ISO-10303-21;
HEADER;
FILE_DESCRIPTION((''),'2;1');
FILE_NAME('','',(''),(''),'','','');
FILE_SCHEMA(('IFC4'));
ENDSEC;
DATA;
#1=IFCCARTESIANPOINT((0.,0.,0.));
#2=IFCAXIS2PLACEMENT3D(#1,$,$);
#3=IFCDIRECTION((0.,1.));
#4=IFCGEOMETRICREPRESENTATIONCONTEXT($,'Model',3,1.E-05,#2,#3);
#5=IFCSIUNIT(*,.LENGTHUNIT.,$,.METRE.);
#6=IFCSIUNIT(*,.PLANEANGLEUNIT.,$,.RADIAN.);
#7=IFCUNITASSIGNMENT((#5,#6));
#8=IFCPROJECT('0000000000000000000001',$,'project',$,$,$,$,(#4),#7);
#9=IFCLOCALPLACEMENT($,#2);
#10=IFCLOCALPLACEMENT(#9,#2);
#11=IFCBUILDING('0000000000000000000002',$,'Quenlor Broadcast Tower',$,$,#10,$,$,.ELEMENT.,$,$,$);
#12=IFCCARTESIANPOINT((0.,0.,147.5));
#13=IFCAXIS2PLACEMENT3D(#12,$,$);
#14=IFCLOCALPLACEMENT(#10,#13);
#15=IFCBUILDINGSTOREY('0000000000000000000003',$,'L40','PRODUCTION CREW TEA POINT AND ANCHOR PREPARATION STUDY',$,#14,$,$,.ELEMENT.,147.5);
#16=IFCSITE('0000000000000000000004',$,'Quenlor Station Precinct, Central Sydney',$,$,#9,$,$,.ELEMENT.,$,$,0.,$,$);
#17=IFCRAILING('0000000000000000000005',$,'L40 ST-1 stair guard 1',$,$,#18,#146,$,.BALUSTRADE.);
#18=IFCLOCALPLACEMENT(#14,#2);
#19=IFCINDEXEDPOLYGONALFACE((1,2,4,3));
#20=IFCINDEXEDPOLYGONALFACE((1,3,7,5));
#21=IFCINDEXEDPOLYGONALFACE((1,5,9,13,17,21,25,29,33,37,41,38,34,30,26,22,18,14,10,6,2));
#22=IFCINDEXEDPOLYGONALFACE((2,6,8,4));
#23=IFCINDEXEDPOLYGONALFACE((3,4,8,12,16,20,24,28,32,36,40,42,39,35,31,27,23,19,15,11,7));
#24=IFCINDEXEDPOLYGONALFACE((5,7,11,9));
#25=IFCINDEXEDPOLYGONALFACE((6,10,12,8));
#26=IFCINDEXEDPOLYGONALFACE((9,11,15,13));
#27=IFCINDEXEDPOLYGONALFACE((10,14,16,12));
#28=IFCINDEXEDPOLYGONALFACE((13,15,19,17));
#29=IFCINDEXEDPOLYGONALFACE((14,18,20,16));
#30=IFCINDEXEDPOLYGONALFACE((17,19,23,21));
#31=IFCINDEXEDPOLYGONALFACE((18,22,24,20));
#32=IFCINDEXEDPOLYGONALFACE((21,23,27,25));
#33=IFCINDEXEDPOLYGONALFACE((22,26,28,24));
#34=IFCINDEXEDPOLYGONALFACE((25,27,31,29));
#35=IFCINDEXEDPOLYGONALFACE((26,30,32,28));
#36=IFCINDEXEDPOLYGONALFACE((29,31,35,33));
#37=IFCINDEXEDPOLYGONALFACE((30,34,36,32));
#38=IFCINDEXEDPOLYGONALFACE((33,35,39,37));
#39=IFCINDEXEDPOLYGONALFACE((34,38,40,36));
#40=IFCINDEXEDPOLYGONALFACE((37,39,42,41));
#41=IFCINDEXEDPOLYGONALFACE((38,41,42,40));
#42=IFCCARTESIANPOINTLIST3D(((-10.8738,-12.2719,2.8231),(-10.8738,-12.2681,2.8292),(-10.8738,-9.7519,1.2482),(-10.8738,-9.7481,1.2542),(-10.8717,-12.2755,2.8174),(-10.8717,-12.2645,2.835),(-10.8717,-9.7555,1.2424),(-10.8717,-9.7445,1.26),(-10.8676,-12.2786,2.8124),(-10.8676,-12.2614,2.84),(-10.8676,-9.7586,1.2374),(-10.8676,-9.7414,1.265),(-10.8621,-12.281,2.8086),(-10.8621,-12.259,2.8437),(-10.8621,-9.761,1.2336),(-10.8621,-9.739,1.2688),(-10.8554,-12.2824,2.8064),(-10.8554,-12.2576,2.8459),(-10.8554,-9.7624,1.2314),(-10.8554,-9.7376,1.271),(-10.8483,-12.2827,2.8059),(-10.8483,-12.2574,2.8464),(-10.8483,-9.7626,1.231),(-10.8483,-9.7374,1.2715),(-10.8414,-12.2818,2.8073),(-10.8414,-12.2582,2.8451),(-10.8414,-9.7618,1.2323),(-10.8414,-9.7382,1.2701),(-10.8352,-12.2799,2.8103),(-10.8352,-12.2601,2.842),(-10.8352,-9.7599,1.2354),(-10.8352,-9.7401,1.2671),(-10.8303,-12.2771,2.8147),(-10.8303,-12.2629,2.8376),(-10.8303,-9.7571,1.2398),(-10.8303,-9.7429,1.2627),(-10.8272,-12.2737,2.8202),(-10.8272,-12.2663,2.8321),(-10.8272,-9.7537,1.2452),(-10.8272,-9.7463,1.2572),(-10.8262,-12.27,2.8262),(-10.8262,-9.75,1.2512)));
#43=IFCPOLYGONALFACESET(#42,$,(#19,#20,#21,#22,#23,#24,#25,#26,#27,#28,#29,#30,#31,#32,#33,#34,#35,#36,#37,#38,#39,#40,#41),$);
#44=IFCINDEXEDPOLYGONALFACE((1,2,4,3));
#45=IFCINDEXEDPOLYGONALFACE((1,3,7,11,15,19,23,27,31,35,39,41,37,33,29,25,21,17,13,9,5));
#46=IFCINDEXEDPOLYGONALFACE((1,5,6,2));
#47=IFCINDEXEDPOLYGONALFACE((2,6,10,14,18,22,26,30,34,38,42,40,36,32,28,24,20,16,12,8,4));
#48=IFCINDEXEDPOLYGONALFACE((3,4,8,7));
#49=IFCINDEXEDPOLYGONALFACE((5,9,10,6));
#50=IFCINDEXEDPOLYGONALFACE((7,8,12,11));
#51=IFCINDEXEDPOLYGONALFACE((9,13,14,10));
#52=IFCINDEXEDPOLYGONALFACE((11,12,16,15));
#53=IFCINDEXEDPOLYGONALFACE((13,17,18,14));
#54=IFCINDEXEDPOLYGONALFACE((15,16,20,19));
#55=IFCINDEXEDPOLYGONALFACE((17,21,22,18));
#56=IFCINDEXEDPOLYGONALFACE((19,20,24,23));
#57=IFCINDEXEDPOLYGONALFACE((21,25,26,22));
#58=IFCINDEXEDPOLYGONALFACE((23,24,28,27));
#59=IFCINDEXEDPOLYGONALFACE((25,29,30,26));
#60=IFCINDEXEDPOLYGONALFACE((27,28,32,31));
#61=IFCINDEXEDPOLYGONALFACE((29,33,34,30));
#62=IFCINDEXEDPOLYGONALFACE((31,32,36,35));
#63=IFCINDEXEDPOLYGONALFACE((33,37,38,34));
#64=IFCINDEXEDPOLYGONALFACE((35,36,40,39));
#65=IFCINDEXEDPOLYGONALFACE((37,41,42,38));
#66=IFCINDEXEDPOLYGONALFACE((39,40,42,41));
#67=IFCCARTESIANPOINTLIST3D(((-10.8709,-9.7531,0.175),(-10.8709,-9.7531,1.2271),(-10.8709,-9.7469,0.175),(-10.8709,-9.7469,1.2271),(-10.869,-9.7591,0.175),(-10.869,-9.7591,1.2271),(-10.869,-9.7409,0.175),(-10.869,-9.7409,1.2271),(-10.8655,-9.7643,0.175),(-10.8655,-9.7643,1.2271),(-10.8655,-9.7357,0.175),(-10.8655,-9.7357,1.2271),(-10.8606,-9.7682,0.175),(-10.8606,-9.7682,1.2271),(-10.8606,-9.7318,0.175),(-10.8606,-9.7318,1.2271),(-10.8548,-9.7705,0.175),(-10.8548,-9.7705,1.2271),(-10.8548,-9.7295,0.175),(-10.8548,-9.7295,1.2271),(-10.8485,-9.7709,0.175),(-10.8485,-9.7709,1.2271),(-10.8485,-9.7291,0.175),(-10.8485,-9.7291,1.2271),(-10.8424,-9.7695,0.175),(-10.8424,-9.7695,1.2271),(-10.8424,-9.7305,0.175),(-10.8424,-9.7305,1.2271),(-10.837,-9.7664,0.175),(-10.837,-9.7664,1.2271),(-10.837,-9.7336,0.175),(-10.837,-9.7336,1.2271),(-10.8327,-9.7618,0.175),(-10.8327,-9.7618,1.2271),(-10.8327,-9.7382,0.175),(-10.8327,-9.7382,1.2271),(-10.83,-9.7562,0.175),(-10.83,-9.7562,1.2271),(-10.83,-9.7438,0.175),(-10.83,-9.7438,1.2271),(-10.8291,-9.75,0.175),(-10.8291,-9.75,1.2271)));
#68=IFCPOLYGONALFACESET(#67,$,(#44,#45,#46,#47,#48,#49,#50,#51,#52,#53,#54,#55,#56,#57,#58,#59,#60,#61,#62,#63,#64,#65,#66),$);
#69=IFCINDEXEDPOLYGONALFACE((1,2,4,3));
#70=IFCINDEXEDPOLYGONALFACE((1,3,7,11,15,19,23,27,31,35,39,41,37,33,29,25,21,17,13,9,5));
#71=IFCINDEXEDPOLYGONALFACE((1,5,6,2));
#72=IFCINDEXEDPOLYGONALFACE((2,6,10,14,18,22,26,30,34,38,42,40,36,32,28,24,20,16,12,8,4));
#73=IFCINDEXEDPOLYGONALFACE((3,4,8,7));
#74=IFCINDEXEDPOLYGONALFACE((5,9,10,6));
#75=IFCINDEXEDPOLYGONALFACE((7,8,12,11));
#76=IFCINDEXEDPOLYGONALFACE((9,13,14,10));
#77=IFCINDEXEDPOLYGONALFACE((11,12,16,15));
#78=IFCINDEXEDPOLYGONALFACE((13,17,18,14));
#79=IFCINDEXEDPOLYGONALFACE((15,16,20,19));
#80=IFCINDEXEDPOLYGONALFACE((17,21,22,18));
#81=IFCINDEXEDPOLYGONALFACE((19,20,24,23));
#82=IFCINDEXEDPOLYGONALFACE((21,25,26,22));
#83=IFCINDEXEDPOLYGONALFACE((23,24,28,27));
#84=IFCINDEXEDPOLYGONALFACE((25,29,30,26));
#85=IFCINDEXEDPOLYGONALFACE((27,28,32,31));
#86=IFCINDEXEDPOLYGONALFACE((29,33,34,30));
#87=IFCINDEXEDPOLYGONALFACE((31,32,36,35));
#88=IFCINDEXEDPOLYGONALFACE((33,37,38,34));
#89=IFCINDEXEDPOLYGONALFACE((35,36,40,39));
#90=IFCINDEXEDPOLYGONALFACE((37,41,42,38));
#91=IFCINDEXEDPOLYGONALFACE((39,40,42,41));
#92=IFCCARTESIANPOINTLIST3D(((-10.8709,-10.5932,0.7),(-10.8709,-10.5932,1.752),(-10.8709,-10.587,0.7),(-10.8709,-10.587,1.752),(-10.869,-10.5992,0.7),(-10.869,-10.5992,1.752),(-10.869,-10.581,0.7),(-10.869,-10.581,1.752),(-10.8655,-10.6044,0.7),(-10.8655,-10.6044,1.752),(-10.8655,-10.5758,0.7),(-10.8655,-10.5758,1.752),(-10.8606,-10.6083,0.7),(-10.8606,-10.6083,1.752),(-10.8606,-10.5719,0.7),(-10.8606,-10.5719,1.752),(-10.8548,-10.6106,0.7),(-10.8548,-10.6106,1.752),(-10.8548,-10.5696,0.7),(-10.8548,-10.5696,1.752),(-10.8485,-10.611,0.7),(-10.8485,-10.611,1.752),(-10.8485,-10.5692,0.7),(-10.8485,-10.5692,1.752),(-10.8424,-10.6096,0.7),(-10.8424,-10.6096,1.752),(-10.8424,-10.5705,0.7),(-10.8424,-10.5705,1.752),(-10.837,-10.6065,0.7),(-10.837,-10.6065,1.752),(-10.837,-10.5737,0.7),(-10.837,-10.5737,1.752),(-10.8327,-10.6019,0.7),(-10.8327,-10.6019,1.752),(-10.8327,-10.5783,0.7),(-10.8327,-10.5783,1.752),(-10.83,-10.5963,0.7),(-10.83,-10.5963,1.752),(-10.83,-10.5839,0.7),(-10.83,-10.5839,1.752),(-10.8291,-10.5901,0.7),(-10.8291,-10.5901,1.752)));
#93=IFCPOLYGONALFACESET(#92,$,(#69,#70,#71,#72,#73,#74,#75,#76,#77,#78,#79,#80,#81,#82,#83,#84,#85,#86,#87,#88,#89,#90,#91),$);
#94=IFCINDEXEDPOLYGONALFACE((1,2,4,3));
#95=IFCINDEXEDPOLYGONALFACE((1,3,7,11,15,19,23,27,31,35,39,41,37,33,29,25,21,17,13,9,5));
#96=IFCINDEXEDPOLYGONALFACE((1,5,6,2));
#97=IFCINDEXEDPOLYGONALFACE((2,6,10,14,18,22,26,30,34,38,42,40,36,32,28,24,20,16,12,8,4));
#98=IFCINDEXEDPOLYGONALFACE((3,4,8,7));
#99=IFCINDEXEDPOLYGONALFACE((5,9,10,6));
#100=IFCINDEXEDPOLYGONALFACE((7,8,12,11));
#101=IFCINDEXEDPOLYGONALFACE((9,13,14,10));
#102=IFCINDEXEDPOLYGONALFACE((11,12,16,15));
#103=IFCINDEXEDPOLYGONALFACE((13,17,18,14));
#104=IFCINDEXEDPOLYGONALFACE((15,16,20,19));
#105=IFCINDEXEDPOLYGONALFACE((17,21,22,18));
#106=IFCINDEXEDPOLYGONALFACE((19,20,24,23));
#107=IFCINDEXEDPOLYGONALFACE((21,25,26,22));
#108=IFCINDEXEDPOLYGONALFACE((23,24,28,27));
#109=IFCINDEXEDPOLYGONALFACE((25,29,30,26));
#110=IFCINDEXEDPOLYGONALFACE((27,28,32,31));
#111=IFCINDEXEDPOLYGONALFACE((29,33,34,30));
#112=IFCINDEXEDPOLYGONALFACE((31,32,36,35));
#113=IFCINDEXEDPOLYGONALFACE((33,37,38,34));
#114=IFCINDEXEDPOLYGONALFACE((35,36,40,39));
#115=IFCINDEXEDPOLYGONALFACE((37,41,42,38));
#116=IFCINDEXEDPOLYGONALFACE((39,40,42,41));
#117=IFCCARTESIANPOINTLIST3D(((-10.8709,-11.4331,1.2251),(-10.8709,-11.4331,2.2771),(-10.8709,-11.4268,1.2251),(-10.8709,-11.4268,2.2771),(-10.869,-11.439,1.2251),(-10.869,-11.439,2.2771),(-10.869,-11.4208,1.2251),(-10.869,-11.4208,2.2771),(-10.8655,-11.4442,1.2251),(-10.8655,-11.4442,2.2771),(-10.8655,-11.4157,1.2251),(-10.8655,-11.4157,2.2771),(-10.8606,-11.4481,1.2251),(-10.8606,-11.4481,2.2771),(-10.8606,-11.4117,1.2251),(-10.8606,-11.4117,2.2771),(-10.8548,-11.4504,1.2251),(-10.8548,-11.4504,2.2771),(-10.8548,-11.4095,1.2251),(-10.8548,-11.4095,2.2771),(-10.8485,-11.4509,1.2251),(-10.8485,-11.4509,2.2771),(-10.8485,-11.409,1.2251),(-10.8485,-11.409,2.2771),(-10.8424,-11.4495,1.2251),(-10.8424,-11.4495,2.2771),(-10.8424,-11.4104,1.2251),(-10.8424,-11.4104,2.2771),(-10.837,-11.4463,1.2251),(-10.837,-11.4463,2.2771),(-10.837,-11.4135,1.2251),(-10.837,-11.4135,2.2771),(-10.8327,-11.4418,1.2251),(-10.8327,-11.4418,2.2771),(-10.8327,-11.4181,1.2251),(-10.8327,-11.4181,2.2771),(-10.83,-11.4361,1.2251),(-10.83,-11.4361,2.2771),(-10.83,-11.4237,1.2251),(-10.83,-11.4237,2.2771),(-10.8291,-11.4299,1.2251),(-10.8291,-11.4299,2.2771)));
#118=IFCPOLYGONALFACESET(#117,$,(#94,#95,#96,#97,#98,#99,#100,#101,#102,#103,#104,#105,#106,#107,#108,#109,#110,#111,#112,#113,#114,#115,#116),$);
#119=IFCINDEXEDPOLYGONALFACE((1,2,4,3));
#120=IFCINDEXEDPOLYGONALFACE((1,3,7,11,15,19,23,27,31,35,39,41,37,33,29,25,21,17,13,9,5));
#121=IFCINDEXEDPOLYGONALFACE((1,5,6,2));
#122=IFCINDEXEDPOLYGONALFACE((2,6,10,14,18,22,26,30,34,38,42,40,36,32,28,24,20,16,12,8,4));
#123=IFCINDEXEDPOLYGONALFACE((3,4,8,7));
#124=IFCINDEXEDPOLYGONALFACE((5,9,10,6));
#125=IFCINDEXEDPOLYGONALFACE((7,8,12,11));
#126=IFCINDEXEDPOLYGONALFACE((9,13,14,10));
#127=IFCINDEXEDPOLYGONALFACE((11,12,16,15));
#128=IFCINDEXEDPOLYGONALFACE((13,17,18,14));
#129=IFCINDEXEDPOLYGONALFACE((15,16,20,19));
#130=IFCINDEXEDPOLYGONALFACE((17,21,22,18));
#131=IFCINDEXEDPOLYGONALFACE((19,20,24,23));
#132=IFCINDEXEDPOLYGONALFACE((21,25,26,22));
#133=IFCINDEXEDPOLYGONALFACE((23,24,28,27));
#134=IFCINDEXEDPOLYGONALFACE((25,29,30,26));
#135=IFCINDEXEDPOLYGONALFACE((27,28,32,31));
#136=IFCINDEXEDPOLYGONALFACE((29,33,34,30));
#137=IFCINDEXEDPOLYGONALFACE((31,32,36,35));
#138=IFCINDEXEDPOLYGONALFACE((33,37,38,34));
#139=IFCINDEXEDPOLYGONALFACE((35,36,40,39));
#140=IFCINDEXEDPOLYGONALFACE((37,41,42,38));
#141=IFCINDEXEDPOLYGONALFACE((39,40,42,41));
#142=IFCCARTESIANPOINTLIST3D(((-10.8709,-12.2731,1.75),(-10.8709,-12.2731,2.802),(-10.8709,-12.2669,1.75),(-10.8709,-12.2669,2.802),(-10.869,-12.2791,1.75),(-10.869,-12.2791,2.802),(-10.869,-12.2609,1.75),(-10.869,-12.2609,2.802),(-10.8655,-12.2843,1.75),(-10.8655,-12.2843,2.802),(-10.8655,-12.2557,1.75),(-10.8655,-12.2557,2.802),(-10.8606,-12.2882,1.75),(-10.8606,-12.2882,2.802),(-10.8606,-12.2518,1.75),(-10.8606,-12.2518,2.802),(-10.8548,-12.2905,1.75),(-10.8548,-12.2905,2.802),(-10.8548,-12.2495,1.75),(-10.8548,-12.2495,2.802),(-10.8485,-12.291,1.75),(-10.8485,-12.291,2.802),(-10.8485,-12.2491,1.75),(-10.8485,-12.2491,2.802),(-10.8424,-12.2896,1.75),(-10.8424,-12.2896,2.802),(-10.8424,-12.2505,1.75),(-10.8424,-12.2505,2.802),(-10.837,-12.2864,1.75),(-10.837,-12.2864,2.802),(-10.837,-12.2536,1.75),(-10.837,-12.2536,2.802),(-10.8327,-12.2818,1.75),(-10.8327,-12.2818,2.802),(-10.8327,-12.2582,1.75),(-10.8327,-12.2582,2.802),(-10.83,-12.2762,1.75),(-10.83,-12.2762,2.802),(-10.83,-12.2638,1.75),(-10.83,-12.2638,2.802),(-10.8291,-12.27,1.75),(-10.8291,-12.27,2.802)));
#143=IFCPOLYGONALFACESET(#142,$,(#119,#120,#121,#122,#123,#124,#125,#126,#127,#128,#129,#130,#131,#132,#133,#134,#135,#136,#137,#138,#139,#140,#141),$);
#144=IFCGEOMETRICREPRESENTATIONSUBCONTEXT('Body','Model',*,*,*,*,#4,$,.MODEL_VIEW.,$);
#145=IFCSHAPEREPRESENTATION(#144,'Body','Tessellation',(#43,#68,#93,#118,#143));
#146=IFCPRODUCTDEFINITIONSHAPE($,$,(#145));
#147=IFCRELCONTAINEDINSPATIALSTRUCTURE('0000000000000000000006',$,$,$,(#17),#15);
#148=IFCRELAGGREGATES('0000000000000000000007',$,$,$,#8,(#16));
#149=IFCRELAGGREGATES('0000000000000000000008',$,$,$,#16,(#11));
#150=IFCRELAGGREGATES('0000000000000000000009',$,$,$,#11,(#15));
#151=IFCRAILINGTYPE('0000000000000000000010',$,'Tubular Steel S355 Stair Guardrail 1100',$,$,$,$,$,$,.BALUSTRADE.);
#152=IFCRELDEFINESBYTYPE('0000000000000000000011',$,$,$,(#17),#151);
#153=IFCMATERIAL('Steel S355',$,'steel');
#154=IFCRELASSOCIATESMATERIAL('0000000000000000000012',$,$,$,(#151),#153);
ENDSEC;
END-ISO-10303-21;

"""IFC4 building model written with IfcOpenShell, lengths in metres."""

from ifc_helpers import new_model, si_unit, direction, frame, origin, origin_2d, place, context, subcontext, project, spatial, circle, extrude, material, type_object, element, save


model = new_model("IFC4")

# Units and contexts
model_context = context("Model", 3, precision=1e-05, world=origin(), true_north=direction((0.0, 1.0)))
body_context = subcontext(model_context, "Body", "Model", "MODEL_VIEW")
ifc_project = project(units=[si_unit("LENGTHUNIT", "METRE"), si_unit("PLANEANGLEUNIT", "RADIAN")], contexts=[model_context])

# Site, building, storey
site_placement = place(None, origin())
site = spatial("IfcSite", under=ifc_project, at=site_placement, Name="Quenlor Station Precinct, Central Sydney", CompositionType="ELEMENT", RefElevation=0.0)
building_placement = place(site_placement, origin())
building = spatial("IfcBuilding", under=site, at=building_placement, Name="Quenlor Broadcast Tower", CompositionType="ELEMENT")
storey_placement = place(building_placement, frame((0.0, 0.0, 147.5)))
storey = spatial("IfcBuildingStorey", under=building, at=storey_placement, Name="L40", Description="PRODUCTION CREW TEA POINT AND ANCHOR PREPARATION STUDY", CompositionType="ELEMENT", Elevation=147.5)

# Railing
ifc_material_1 = material(Name="Steel S355", Category="steel")
railing_type_1 = type_object("IfcRailingType", Name="Tubular Steel S355 Stair Guardrail 1100", PredefinedType="BALUSTRADE", material=ifc_material_1)
railing_1_placement = place(storey_placement, frame((-10.8501, -9.75, 0.175)))
element("IfcRailing", 1, at=railing_1_placement, inside=storey, type_object=railing_type_1, Name="L40 ST-1 stair guard 1", PredefinedType="BALUSTRADE", context=body_context, shape_type="SweptSolid", body=[
    extrude(circle(Radius=0.0239, at=origin_2d()), frame((0.0, 0.0, 1.0762), z_axis=(0.0, -0.848008, 0.529984), x_axis=(1.0, 0.0, 0.0)), (0.0, 0.0, 1.0), 2.9717),
    extrude(circle(Radius=0.021, at=origin_2d()), origin(), (0.0, 0.0, 1.0), 1.052),
    extrude(circle(Radius=0.021, at=origin_2d()), frame((0.0, -0.8401, 0.5249)), (0.0, 0.0, 1.0), 1.052),
    extrude(circle(Radius=0.021, at=origin_2d()), frame((0.0, -1.6799, 1.05)), (0.0, 0.0, 1.0), 1.052),
    extrude(circle(Radius=0.021, at=origin_2d()), frame((0.0, -2.52, 1.575)), (0.0, 0.0, 1.0), 1.052),
])

save(model, "model.ifc")
